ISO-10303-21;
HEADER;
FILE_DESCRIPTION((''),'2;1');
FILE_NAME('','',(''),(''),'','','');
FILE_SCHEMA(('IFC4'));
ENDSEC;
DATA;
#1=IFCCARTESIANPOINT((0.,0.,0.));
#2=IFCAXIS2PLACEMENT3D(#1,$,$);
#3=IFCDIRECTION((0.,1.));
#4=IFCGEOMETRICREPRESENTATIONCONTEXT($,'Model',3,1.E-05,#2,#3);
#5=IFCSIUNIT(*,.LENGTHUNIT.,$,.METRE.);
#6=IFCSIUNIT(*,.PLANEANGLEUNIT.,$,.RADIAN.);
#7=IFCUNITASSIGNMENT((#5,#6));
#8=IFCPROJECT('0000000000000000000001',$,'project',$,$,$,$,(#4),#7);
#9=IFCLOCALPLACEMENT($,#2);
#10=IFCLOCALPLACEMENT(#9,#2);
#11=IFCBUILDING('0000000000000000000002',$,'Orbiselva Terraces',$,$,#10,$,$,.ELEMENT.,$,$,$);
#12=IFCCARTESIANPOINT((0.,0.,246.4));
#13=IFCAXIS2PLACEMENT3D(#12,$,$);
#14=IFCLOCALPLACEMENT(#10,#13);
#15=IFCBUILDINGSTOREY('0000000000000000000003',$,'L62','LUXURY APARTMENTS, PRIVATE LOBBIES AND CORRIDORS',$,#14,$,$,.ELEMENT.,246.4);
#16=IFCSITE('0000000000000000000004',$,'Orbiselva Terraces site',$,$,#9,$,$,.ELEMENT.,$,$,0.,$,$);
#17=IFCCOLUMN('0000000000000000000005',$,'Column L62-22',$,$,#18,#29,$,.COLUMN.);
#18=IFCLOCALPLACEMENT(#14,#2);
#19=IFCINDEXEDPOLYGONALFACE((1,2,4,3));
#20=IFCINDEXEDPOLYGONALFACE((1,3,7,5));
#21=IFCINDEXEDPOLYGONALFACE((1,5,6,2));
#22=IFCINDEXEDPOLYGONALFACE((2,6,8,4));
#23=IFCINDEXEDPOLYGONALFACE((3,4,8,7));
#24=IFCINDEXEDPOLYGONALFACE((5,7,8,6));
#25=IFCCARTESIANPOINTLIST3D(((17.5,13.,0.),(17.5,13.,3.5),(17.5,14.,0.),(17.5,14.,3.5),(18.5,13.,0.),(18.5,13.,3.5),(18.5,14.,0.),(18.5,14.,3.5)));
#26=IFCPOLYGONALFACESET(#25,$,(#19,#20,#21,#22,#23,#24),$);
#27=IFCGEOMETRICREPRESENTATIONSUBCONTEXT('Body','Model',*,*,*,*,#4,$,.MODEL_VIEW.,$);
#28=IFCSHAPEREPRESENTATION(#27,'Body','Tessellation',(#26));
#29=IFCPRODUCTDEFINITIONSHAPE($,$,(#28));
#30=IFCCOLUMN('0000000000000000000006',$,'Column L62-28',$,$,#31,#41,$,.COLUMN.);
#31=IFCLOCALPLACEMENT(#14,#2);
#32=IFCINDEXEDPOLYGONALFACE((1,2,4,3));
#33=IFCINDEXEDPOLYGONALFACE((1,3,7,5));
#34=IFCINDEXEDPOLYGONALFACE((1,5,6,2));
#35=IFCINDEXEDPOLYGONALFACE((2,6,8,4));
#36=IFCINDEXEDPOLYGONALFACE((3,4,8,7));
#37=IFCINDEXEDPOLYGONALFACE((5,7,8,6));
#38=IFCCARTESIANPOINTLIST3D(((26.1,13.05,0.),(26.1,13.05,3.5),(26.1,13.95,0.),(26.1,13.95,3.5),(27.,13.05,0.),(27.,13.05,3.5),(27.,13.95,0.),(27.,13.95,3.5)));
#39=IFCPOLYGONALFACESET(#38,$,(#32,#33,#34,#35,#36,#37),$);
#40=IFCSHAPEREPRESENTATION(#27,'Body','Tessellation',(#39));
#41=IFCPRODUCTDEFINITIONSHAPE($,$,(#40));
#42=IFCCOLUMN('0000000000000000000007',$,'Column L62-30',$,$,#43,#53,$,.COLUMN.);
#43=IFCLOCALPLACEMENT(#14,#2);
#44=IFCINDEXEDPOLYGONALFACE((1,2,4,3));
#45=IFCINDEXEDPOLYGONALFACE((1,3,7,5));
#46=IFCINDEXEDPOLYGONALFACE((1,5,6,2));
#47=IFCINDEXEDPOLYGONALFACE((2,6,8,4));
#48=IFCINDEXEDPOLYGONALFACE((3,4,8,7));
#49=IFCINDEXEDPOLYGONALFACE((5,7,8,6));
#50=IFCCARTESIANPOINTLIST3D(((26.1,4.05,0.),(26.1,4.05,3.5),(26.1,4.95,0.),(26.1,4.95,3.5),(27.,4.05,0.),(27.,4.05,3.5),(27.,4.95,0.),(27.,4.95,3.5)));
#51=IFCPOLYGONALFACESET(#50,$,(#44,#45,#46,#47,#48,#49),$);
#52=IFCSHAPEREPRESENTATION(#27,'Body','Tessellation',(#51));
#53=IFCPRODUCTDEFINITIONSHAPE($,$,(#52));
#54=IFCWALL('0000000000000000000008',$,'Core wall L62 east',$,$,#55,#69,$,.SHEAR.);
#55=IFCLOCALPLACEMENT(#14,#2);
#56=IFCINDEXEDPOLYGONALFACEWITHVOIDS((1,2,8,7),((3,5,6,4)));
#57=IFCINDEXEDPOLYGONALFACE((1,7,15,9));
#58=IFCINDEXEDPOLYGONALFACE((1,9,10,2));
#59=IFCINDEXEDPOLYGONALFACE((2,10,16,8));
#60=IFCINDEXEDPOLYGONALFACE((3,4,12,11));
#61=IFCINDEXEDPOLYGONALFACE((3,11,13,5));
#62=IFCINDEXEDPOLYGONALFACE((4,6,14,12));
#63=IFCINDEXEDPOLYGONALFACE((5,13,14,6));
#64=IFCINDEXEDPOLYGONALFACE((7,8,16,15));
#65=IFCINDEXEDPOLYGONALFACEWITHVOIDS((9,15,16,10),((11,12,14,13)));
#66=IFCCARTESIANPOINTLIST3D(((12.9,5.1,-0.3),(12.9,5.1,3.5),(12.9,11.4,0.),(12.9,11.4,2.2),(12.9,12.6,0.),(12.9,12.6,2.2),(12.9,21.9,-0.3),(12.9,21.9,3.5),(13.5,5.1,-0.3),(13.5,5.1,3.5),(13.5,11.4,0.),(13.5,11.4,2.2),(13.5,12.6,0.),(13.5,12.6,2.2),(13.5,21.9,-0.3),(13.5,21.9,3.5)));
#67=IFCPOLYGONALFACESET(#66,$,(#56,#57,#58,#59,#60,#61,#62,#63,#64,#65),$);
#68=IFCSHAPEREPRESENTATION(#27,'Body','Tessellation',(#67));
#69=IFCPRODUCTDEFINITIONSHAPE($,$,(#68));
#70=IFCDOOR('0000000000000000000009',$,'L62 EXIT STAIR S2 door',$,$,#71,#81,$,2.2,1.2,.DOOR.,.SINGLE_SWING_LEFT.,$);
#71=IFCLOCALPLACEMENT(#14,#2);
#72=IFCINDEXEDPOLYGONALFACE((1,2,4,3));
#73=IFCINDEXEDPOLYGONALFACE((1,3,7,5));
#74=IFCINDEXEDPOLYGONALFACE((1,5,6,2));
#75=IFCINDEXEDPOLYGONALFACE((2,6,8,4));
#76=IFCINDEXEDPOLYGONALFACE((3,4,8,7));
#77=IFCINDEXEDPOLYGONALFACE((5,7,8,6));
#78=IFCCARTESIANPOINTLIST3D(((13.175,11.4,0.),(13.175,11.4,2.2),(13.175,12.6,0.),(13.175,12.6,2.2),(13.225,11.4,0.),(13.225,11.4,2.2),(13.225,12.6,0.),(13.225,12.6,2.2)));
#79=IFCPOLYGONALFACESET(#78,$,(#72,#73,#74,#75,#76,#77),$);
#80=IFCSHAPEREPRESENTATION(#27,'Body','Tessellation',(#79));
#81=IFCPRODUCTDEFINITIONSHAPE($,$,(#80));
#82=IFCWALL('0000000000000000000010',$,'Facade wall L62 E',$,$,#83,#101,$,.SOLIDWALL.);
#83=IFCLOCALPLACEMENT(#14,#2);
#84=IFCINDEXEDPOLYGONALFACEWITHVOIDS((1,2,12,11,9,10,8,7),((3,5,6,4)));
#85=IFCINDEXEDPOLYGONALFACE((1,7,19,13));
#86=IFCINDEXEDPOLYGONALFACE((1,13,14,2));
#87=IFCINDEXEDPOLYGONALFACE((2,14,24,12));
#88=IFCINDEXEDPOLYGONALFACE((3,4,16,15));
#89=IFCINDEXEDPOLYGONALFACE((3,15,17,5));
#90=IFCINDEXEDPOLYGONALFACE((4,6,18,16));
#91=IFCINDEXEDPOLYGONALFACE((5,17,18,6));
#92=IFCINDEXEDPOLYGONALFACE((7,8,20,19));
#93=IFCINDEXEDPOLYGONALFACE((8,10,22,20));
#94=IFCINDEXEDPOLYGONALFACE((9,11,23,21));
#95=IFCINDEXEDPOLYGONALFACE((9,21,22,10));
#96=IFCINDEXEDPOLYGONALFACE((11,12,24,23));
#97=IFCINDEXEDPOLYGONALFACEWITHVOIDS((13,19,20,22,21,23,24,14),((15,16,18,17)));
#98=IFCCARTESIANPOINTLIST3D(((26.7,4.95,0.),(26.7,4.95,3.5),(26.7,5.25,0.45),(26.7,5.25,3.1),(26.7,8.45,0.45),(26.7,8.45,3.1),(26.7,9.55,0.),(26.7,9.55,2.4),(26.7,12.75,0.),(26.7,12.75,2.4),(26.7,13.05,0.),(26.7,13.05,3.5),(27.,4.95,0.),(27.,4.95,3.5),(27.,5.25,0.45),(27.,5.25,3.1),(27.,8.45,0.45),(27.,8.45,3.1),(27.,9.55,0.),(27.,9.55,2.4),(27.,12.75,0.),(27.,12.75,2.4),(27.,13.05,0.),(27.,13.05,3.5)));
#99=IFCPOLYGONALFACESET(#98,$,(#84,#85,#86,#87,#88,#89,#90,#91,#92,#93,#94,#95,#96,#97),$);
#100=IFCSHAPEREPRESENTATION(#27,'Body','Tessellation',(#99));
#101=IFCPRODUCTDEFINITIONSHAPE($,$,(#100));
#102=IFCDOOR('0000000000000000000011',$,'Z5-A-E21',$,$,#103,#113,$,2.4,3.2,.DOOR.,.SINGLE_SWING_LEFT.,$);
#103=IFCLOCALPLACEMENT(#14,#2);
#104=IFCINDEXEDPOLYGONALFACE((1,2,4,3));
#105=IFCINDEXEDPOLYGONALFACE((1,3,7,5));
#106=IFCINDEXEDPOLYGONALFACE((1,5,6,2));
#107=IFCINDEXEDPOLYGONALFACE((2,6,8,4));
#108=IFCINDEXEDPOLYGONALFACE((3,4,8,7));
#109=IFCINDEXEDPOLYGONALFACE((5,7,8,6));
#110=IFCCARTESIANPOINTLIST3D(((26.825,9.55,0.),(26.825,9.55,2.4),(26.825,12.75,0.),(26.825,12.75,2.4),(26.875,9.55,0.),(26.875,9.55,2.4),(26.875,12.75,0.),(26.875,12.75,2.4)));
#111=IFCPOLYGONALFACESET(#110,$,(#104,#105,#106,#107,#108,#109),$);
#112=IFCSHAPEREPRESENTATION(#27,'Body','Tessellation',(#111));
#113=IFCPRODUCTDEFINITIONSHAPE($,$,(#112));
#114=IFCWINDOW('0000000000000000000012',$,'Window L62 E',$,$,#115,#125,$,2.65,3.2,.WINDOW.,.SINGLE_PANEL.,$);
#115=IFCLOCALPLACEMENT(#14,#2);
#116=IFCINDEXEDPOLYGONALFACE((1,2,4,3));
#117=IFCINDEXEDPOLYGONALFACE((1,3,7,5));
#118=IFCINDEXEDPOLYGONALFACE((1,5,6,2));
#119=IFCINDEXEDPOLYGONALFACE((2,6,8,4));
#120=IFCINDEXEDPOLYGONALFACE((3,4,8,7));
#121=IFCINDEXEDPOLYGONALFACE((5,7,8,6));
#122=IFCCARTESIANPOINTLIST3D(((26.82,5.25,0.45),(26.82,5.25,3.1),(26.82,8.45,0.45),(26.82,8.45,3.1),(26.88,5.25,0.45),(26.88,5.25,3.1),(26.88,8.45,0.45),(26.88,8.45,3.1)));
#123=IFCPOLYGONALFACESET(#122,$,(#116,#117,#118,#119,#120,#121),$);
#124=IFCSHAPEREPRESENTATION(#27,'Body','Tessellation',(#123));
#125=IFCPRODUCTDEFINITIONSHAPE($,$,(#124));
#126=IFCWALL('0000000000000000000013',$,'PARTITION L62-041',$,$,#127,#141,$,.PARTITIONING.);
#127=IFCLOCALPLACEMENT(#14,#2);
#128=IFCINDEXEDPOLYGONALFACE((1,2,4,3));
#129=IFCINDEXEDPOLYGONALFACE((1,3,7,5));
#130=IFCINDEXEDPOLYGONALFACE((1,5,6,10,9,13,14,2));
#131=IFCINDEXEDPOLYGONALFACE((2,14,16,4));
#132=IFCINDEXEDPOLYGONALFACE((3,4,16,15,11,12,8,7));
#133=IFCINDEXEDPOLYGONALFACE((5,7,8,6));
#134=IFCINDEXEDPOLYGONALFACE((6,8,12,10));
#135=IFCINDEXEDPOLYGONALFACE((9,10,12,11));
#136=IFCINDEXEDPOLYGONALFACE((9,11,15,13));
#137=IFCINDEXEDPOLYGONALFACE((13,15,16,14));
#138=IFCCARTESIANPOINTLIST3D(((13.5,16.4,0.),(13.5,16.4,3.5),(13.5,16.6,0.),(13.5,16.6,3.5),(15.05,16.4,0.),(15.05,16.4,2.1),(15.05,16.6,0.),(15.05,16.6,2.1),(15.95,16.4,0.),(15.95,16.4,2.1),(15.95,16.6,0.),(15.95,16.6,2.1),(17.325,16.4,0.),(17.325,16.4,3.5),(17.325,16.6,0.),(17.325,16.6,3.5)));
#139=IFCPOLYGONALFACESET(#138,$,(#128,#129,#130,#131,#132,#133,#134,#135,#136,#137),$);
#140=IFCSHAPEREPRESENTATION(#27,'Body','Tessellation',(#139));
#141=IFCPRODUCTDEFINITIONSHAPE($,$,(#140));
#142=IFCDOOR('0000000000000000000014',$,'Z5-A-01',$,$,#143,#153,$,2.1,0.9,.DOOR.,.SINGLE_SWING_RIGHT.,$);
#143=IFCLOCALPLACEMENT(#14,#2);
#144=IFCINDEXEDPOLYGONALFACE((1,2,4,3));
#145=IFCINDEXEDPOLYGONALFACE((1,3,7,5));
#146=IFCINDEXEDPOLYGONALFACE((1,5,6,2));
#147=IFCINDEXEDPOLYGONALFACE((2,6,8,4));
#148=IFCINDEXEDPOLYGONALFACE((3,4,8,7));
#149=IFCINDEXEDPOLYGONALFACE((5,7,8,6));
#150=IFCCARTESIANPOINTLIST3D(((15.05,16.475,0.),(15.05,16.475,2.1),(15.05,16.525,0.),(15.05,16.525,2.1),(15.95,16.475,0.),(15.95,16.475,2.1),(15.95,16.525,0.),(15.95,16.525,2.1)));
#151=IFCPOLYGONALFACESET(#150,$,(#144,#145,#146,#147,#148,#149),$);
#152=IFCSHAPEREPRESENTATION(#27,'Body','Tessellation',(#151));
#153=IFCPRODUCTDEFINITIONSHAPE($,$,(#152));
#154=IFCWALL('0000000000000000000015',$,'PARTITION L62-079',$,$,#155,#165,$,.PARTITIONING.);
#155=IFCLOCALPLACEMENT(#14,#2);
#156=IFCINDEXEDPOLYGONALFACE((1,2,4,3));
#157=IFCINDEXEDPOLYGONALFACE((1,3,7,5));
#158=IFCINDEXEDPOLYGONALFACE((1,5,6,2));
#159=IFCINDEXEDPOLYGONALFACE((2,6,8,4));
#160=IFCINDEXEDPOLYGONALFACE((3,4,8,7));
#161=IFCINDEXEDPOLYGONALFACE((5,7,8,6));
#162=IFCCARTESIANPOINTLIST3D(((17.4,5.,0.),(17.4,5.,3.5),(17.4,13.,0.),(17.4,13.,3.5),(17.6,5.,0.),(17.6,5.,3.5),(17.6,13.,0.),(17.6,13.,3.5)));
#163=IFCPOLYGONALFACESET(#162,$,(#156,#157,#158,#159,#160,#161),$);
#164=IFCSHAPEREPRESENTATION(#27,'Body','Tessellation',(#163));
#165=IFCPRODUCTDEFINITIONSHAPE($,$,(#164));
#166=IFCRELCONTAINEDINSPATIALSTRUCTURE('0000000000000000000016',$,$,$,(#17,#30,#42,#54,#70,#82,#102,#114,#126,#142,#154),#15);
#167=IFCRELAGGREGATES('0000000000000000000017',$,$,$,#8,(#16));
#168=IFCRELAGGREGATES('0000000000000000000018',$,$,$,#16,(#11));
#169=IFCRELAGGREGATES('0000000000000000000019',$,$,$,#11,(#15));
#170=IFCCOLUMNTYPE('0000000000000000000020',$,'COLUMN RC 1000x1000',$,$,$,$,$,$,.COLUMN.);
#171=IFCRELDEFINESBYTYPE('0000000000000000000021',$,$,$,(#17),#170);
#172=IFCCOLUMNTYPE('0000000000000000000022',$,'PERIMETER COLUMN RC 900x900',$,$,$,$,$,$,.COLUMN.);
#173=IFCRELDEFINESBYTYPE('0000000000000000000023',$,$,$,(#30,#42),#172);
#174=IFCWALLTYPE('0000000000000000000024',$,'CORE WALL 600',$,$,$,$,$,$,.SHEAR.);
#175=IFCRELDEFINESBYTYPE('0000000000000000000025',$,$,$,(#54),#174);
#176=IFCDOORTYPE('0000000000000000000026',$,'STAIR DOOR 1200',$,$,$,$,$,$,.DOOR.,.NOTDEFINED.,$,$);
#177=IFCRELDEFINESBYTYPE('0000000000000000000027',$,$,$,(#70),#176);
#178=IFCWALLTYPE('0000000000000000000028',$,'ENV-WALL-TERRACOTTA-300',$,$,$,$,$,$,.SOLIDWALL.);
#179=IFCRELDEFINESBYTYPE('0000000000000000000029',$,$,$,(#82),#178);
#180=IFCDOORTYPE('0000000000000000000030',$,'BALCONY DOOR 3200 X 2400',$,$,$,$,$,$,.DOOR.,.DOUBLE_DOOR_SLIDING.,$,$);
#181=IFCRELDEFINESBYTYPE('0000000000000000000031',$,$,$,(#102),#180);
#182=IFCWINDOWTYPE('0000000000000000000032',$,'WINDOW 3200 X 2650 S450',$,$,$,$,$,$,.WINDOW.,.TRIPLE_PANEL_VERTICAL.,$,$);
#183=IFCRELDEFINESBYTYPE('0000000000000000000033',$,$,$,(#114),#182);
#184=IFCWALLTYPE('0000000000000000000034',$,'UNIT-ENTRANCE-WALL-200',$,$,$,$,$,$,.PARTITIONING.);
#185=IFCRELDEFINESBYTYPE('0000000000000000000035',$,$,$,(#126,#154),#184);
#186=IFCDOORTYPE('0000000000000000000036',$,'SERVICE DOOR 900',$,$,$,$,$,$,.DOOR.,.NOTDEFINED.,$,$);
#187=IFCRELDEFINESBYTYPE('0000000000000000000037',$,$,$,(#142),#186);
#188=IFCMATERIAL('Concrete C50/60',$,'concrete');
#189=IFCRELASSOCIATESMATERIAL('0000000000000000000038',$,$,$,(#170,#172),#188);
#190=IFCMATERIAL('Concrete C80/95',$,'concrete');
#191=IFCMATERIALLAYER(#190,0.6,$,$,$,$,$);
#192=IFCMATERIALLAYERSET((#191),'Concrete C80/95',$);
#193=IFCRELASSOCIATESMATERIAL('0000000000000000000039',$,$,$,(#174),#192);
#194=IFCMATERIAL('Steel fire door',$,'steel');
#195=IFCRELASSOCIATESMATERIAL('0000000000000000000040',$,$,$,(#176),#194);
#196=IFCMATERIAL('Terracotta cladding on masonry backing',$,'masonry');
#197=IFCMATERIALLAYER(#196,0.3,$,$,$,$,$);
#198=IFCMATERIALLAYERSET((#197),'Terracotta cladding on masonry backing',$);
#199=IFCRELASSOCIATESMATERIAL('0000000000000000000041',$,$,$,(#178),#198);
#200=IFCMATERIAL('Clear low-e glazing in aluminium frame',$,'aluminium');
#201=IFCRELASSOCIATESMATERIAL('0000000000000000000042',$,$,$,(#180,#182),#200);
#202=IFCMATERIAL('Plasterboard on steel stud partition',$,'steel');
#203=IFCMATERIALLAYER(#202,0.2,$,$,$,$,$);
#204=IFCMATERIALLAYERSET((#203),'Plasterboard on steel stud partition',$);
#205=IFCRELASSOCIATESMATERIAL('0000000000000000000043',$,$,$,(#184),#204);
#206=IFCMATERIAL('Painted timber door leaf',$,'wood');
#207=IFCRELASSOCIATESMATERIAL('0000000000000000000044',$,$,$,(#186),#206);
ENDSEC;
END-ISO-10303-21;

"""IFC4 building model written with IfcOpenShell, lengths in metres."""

from ifc_helpers import new_model, si_unit, direction, frame, frame_2d, origin, origin_2d, place, context, subcontext, project, spatial, rectangle, extrude, material, layer, layer_set, material_profile, profile_set, type_object, element, fill, save


model = new_model("IFC4")

# Units and contexts
model_context = context("Model", 3, precision=1e-05, world=origin(), true_north=direction((0.0, 1.0)))
body_context = subcontext(model_context, "Body", "Model", "MODEL_VIEW")
ifc_project = project(units=[si_unit("LENGTHUNIT", "METRE"), si_unit("PLANEANGLEUNIT", "RADIAN")], contexts=[model_context])

# Site, building, storey
site_placement = place(None, origin())
site = spatial("IfcSite", under=ifc_project, at=site_placement, Name="Orbiselva Terraces site", CompositionType="ELEMENT", RefElevation=0.0)
building_placement = place(site_placement, origin())
building = spatial("IfcBuilding", under=site, at=building_placement, Name="Orbiselva Terraces", CompositionType="ELEMENT")
storey_placement = place(building_placement, frame((0.0, 0.0, 246.4)))
storey = spatial("IfcBuildingStorey", under=building, at=storey_placement, Name="L62", Description="LUXURY APARTMENTS, PRIVATE LOBBIES AND CORRIDORS", CompositionType="ELEMENT", Elevation=246.4)

# Columns
ifc_material_1 = material(Name="Concrete C50/60", Category="concrete")
ifc_material_profile_1 = material_profile(ifc_material_1, rectangle(XDim=1.0, YDim=1.0, at=origin_2d()), Name="RC 1000x1000")
ifc_profile_set_1 = profile_set([ifc_material_profile_1], Name="Concrete C50/60")
column_type_1 = type_object("IfcColumnType", Name="COLUMN RC 1000x1000", PredefinedType="COLUMN", material=ifc_profile_set_1)
column_placement = place(storey_placement, frame((18.0, 13.5, 0.0), z_axis=(0.0, 0.0, 1.0), x_axis=(1.0, 0.0, 0.0)))
element("IfcColumn", 1, at=column_placement, inside=storey, type_object=column_type_1, Name="Column L62-22", PredefinedType="COLUMN", context=body_context, shape_type="SweptSolid", body=[
    extrude(rectangle(XDim=1.0, YDim=1.0, at=origin_2d()), origin(), (0.0, 0.0, 1.0), 3.5),
])
ifc_material_profile_2 = material_profile(ifc_material_1, rectangle(XDim=0.9, YDim=0.9, at=origin_2d()), Name="RC 900x900")
ifc_profile_set_2 = profile_set([ifc_material_profile_2], Name="Concrete C50/60")
column_type_2 = type_object("IfcColumnType", Name="PERIMETER COLUMN RC 900x900", PredefinedType="COLUMN", material=ifc_profile_set_2)
for number, where, z_axis, x_axis, name in (
    (2, (26.55, 13.5, 0.0), (0.0, 0.0, 1.0), (1.0, 0.0, 0.0), "Column L62-28"),
    (3, (26.55, 4.5, 0.0), (0.0, 0.0, 1.0), (1.0, 0.0, 0.0), "Column L62-30"),
):
    element("IfcColumn", number, at=place(storey_placement, frame(where, z_axis=z_axis, x_axis=x_axis)), inside=storey, type_object=column_type_2, Name=name, PredefinedType="COLUMN", context=body_context, shape_type="SweptSolid", body=[
        extrude(rectangle(XDim=0.9, YDim=0.9, at=origin_2d()), origin(), (0.0, 0.0, 1.0), 3.5),
    ])

# Wall, opening, door
ifc_material_2 = material(Name="Concrete C80/95", Category="concrete")
ifc_layer_1 = layer(ifc_material_2, 0.6)
ifc_layer_set_1 = layer_set([ifc_layer_1], Name="Concrete C80/95")
wall_type_1 = type_object("IfcWallType", Name="CORE WALL 600", PredefinedType="SHEAR", material=ifc_layer_set_1)
wall_1_placement = place(storey_placement, frame((13.2, 5.1, -0.3), z_axis=(0.0, 0.0, 1.0), x_axis=(0.0, 1.0, 0.0)))
wall_1 = element("IfcWall", 4, at=wall_1_placement, inside=storey, type_object=wall_type_1, Name="Core wall L62 east", PredefinedType="SHEAR", context=body_context, shape_type="SweptSolid", body=[
    extrude(rectangle(XDim=16.8, YDim=0.6, at=frame_2d((8.4, 0.0))), origin(), (0.0, 0.0, 1.0), 3.8),
])
opening_1_placement = place(wall_1_placement, frame((6.3, 0.0, 0.3)))
opening_1 = element("IfcOpeningElement", 5, at=opening_1_placement, cuts=wall_1, PredefinedType="OPENING", context=body_context, shape_type="SweptSolid", body=[
    extrude(rectangle(XDim=1.2, YDim=2.2, at=frame_2d((0.6, 1.1))), frame((0.0, 0.31, 0.0), z_axis=(0.0, -1.0, 0.0), x_axis=(1.0, 0.0, 0.0)), (0.0, 0.0, 1.0), 0.62),
])
ifc_material_3 = material(Name="Steel fire door", Category="steel")
door_type_1 = type_object("IfcDoorType", Name="STAIR DOOR 1200", OperationType="NOTDEFINED", PredefinedType="DOOR", material=ifc_material_3)
door_1_placement = place(opening_1_placement, frame((1.2, 0.0, 0.0), z_axis=(0.0, 0.0, 1.0), x_axis=(-1.0, 0.0, 0.0)))
door_1 = element("IfcDoor", 6, at=door_1_placement, inside=storey, type_object=door_type_1, Name="L62 EXIT STAIR S2 door", OperationType="SINGLE_SWING_LEFT", OverallHeight=2.2, OverallWidth=1.2, PredefinedType="DOOR", context=body_context, shape_type="SweptSolid", body=[
    extrude(rectangle(XDim=1.2, YDim=2.2, at=frame_2d((0.6, 1.1))), frame((0.0, 0.025, 0.0), z_axis=(0.0, -1.0, 0.0), x_axis=(1.0, 0.0, 0.0)), (0.0, 0.0, 1.0), 0.05),
])
fill(opening_1, door_1)

# Wall, openings, door, window
ifc_material_4 = material(Name="Terracotta cladding on masonry backing", Category="masonry")
ifc_layer_2 = layer(ifc_material_4, 0.3)
ifc_layer_set_2 = layer_set([ifc_layer_2], Name="Terracotta cladding on masonry backing")
wall_type_2 = type_object("IfcWallType", Name="ENV-WALL-TERRACOTTA-300", PredefinedType="SOLIDWALL", material=ifc_layer_set_2)
wall_2_placement = place(storey_placement, frame((26.85, 13.05, 0.0), z_axis=(0.0, 0.0, 1.0), x_axis=(0.0, -1.0, 0.0)))
wall_2 = element("IfcWall", 7, at=wall_2_placement, inside=storey, type_object=wall_type_2, Name="Facade wall L62 E", PredefinedType="SOLIDWALL", context=body_context, shape_type="SweptSolid", body=[
    extrude(rectangle(XDim=8.1, YDim=0.3, at=frame_2d((4.05, 0.0))), origin(), (0.0, 0.0, 1.0), 3.5),
])
opening_2_placement = place(wall_2_placement, frame((4.6, 0.0, 0.45)))
opening_2 = element("IfcOpeningElement", 8, at=opening_2_placement, cuts=wall_2, PredefinedType="OPENING", context=body_context, shape_type="SweptSolid", body=[
    extrude(rectangle(XDim=3.2, YDim=2.65, at=frame_2d((1.6, 1.325))), frame((0.0, 0.16, 0.0), z_axis=(0.0, -1.0, 0.0), x_axis=(1.0, 0.0, 0.0)), (0.0, 0.0, 1.0), 0.32),
])
opening_3_placement = place(wall_2_placement, frame((0.3, 0.0, 0.0)))
opening_3 = element("IfcOpeningElement", 9, at=opening_3_placement, cuts=wall_2, PredefinedType="OPENING", context=body_context, shape_type="SweptSolid", body=[
    extrude(rectangle(XDim=3.2, YDim=2.4, at=frame_2d((1.6, 1.2))), frame((0.0, 0.16, 0.0), z_axis=(0.0, -1.0, 0.0), x_axis=(1.0, 0.0, 0.0)), (0.0, 0.0, 1.0), 0.32),
])
ifc_material_5 = material(Name="Clear low-e glazing in aluminium frame", Category="aluminium")
door_type_2 = type_object("IfcDoorType", Name="BALCONY DOOR 3200 X 2400", OperationType="DOUBLE_DOOR_SLIDING", PredefinedType="DOOR", material=ifc_material_5)
door_2_placement = place(opening_3_placement, origin())
door_2 = element("IfcDoor", 10, at=door_2_placement, inside=storey, type_object=door_type_2, Name="Z5-A-E21", OperationType="SINGLE_SWING_LEFT", OverallHeight=2.4, OverallWidth=3.2, PredefinedType="DOOR", context=body_context, shape_type="SweptSolid", body=[
    extrude(rectangle(XDim=3.2, YDim=2.4, at=frame_2d((1.6, 1.2))), frame((0.0, 0.025, 0.0), z_axis=(0.0, -1.0, 0.0), x_axis=(1.0, 0.0, 0.0)), (0.0, 0.0, 1.0), 0.05),
])
fill(opening_3, door_2)
window_type = type_object("IfcWindowType", Name="WINDOW 3200 X 2650 S450", PartitioningType="TRIPLE_PANEL_VERTICAL", PredefinedType="WINDOW", material=ifc_material_5)
window_placement = place(opening_2_placement, origin())
window = element("IfcWindow", 11, at=window_placement, inside=storey, type_object=window_type, Name="Window L62 E", OverallHeight=2.65, OverallWidth=3.2, PartitioningType="SINGLE_PANEL", PredefinedType="WINDOW", context=body_context, shape_type="SweptSolid", body=[
    extrude(rectangle(XDim=3.2, YDim=2.65, at=frame_2d((1.6, 1.325))), frame((0.0, 0.03, 0.0), z_axis=(0.0, -1.0, 0.0), x_axis=(1.0, 0.0, 0.0)), (0.0, 0.0, 1.0), 0.06),
])
fill(opening_2, window)

# Wall, opening, door
ifc_material_6 = material(Name="Plasterboard on steel stud partition", Category="steel")
ifc_layer_3 = layer(ifc_material_6, 0.2)
ifc_layer_set_3 = layer_set([ifc_layer_3], Name="Plasterboard on steel stud partition")
wall_type_3 = type_object("IfcWallType", Name="UNIT-ENTRANCE-WALL-200", PredefinedType="PARTITIONING", material=ifc_layer_set_3)
wall_3_placement = place(storey_placement, frame((13.5, 16.5, 0.0), z_axis=(0.0, 0.0, 1.0), x_axis=(1.0, 0.0, 0.0)))
wall_3 = element("IfcWall", 12, at=wall_3_placement, inside=storey, type_object=wall_type_3, Name="PARTITION L62-041", PredefinedType="PARTITIONING", context=body_context, shape_type="SweptSolid", body=[
    extrude(rectangle(XDim=3.825, YDim=0.2, at=frame_2d((1.9125, 0.0))), origin(), (0.0, 0.0, 1.0), 3.5),
])
opening_4_placement = place(wall_3_placement, frame((1.55, 0.0, 0.0)))
opening_4 = element("IfcOpeningElement", 13, at=opening_4_placement, cuts=wall_3, PredefinedType="OPENING", context=body_context, shape_type="SweptSolid", body=[
    extrude(rectangle(XDim=0.9, YDim=2.1, at=frame_2d((0.45, 1.05))), frame((0.0, 0.11, 0.0), z_axis=(0.0, -1.0, 0.0), x_axis=(1.0, 0.0, 0.0)), (0.0, 0.0, 1.0), 0.22),
])
ifc_material_7 = material(Name="Painted timber door leaf", Category="wood")
door_type_3 = type_object("IfcDoorType", Name="SERVICE DOOR 900", OperationType="NOTDEFINED", PredefinedType="DOOR", material=ifc_material_7)
door_3_placement = place(opening_4_placement, origin())
door_3 = element("IfcDoor", 14, at=door_3_placement, inside=storey, type_object=door_type_3, Name="Z5-A-01", OperationType="SINGLE_SWING_RIGHT", OverallHeight=2.1, OverallWidth=0.9, PredefinedType="DOOR", context=body_context, shape_type="SweptSolid", body=[
    extrude(rectangle(XDim=0.9, YDim=2.1, at=frame_2d((0.45, 1.05))), frame((0.0, 0.025, 0.0), z_axis=(0.0, -1.0, 0.0), x_axis=(1.0, 0.0, 0.0)), (0.0, 0.0, 1.0), 0.05),
])
fill(opening_4, door_3)

# Wall
wall_4_placement = place(storey_placement, frame((17.5, 5.0, 0.0), z_axis=(0.0, 0.0, 1.0), x_axis=(0.0, 1.0, 0.0)))
element("IfcWall", 15, at=wall_4_placement, inside=storey, type_object=wall_type_3, Name="PARTITION L62-079", PredefinedType="PARTITIONING", context=body_context, shape_type="SweptSolid", body=[
    extrude(rectangle(XDim=8.0, YDim=0.2, at=frame_2d((4.0, 0.0))), origin(), (0.0, 0.0, 1.0), 3.5),
])

save(model, "model.ifc")
